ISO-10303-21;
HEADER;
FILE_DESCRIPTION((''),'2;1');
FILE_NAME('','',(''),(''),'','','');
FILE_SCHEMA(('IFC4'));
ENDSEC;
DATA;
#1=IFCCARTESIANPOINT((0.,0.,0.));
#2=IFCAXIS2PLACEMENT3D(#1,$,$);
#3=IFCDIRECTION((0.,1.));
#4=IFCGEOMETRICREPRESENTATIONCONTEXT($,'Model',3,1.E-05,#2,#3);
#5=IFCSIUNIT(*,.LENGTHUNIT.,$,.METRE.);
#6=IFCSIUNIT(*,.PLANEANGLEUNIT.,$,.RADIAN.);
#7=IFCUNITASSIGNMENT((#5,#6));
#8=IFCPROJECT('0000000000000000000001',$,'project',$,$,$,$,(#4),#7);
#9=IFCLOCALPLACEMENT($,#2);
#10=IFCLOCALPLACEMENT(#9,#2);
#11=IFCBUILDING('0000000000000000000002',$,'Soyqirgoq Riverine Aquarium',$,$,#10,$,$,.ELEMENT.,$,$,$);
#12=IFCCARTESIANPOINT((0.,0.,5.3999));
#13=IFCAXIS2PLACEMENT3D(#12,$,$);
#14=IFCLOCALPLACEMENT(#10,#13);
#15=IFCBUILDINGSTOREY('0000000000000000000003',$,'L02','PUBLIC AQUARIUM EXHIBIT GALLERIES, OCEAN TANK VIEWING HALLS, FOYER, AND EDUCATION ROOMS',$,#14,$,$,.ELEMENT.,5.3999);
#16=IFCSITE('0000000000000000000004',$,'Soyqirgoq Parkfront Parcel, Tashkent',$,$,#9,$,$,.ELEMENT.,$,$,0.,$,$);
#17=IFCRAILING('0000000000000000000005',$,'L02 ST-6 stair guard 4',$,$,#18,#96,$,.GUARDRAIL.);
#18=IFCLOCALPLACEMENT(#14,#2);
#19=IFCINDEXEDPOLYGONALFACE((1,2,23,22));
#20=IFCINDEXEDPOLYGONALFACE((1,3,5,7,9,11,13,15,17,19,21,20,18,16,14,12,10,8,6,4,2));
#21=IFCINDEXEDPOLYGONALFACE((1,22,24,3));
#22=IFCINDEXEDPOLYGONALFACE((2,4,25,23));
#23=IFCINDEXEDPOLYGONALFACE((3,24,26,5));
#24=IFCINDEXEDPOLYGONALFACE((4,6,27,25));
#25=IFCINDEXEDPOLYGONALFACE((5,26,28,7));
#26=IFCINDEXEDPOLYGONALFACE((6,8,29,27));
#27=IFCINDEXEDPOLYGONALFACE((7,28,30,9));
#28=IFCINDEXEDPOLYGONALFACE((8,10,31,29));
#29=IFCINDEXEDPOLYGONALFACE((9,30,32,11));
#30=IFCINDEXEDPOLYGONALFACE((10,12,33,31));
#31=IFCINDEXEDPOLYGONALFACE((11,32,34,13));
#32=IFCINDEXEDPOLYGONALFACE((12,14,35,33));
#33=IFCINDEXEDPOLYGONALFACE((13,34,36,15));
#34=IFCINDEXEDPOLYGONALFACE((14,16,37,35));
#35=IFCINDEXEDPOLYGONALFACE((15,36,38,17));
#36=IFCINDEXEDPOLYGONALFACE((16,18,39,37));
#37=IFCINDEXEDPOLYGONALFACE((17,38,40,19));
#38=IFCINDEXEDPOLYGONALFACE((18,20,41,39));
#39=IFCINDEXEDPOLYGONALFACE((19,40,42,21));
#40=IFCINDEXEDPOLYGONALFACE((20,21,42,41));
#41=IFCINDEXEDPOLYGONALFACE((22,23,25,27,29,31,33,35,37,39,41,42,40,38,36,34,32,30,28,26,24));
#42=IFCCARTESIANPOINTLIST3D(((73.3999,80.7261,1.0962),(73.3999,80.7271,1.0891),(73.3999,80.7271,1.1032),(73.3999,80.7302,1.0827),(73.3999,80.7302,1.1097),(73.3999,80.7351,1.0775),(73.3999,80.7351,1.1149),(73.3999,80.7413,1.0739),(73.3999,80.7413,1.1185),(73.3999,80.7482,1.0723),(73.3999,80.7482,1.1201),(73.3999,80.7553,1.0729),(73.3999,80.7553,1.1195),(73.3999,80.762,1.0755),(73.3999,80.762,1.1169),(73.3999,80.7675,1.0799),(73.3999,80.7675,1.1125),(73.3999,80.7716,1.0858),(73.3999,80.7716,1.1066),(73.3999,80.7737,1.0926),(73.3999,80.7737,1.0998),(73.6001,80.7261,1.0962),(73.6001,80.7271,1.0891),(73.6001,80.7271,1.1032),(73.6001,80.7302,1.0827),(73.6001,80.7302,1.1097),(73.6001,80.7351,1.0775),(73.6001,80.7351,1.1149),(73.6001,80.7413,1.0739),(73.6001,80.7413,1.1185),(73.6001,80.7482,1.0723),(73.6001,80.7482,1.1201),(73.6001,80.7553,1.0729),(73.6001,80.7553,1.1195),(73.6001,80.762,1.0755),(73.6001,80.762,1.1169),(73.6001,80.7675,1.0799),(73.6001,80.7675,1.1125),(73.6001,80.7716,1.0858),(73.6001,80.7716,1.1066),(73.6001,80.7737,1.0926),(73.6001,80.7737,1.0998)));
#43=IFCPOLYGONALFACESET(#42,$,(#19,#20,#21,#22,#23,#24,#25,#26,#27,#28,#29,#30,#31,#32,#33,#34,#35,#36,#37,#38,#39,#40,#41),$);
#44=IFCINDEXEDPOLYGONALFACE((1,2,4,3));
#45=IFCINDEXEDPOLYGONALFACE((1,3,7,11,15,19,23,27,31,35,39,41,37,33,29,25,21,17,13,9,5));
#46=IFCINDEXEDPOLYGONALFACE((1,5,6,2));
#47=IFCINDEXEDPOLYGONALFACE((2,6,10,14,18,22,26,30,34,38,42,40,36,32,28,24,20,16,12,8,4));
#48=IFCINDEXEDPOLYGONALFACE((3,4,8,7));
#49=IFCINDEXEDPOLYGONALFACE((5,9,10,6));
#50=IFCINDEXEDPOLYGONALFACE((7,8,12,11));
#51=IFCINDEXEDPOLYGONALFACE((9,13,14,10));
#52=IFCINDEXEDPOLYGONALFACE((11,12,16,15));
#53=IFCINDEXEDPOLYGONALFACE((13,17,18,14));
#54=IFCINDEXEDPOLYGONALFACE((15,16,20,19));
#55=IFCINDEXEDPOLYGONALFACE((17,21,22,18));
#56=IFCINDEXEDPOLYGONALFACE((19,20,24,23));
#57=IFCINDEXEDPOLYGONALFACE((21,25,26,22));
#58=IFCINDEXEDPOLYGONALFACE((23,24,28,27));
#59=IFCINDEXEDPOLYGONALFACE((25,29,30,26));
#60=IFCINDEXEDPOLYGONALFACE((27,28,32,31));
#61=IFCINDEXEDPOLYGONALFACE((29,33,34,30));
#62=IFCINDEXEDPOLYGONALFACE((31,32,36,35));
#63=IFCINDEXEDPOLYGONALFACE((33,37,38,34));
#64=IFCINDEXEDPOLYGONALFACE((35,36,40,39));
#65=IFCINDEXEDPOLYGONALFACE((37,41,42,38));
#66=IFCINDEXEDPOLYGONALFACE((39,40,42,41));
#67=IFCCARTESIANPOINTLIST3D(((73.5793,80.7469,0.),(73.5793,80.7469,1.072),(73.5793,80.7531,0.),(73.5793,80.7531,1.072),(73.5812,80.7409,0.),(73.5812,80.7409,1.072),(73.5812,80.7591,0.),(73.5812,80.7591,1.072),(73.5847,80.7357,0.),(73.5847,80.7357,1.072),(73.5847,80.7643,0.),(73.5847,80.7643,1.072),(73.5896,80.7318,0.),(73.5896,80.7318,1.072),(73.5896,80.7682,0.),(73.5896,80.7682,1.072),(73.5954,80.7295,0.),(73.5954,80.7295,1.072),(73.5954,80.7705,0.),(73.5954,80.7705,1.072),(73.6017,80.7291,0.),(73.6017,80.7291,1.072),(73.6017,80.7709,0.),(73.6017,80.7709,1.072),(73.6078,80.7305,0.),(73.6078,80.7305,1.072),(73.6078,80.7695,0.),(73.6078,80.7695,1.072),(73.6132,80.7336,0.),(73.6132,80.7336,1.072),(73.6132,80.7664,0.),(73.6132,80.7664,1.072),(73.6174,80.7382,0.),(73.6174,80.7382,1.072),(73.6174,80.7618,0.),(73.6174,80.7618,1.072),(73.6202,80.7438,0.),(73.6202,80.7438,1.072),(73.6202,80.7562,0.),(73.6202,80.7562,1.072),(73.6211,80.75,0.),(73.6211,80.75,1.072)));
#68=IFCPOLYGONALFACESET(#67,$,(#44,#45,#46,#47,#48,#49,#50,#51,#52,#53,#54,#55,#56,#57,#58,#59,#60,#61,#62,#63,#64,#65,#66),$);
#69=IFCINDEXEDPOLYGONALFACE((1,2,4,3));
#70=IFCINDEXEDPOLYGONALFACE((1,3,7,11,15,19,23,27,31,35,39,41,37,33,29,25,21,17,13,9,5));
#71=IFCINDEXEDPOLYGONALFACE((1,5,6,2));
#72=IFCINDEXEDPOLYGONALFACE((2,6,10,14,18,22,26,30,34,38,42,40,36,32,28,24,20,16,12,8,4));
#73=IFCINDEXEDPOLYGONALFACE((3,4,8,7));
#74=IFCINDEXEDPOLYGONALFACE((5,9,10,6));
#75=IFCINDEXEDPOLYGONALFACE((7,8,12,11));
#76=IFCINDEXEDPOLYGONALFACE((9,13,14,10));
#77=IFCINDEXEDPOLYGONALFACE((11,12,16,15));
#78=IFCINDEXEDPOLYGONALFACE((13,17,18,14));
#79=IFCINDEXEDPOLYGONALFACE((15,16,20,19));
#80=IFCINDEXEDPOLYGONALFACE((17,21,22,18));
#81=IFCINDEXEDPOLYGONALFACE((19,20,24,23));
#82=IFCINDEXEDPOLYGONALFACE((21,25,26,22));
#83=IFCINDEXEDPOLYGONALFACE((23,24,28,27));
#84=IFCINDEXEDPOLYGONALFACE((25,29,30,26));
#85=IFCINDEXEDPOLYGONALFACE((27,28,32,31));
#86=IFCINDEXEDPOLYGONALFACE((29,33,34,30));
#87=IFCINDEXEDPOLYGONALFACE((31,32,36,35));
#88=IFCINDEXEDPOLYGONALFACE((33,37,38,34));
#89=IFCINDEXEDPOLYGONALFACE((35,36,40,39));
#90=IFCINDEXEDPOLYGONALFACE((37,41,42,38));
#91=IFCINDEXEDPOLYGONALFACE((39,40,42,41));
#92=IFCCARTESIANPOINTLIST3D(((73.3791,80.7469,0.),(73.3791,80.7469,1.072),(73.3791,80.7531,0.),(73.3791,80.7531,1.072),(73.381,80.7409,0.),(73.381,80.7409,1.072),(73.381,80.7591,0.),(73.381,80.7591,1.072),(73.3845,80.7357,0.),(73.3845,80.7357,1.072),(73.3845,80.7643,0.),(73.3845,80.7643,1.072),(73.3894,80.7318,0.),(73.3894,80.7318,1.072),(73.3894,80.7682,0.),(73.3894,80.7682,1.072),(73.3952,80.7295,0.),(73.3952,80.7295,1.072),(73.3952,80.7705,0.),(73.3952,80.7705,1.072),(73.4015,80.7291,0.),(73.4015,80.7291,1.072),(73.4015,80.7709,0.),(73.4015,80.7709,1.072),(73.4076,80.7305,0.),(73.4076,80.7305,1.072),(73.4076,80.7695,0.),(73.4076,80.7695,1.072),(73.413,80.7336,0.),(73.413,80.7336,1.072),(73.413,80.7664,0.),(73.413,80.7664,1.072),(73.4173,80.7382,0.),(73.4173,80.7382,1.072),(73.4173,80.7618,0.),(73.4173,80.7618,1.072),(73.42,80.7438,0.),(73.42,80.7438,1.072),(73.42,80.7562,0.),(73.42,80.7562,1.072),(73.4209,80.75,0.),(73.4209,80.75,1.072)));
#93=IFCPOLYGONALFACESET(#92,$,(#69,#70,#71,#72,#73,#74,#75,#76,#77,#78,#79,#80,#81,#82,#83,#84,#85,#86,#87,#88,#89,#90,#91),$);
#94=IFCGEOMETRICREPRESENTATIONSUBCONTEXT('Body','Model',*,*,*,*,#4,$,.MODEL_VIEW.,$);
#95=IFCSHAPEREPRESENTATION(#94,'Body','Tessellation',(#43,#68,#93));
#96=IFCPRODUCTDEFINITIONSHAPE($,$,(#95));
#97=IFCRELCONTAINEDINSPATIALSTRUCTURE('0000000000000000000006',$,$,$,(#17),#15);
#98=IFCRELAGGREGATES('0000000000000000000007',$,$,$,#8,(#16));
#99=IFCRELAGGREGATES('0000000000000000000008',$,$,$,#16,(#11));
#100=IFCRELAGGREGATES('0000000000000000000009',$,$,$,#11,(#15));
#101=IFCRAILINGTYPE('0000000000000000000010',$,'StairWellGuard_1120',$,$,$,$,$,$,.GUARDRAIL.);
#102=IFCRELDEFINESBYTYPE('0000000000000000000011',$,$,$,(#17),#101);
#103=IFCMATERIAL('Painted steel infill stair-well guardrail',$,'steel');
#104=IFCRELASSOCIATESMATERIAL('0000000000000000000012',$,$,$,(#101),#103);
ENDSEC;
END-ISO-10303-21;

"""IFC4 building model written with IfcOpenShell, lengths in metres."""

from ifc_helpers import new_model, si_unit, direction, frame, origin, origin_2d, place, context, subcontext, project, spatial, circle, extrude, material, type_object, element, save


model = new_model("IFC4")

# Units and contexts
model_context = context("Model", 3, precision=1e-05, world=origin(), true_north=direction((0.0, 1.0)))
body_context = subcontext(model_context, "Body", "Model", "MODEL_VIEW")
ifc_project = project(units=[si_unit("LENGTHUNIT", "METRE"), si_unit("PLANEANGLEUNIT", "RADIAN")], contexts=[model_context])

# Site, building, storey
site_placement = place(None, origin())
site = spatial("IfcSite", under=ifc_project, at=site_placement, Name="Soyqirgoq Parkfront Parcel, Tashkent", CompositionType="ELEMENT", RefElevation=0.0)
building_placement = place(site_placement, origin())
building = spatial("IfcBuilding", under=site, at=building_placement, Name="Soyqirgoq Riverine Aquarium", CompositionType="ELEMENT")
storey_placement = place(building_placement, frame((0.0, 0.0, 5.3999)))
storey = spatial("IfcBuildingStorey", under=building, at=storey_placement, Name="L02", Description="PUBLIC AQUARIUM EXHIBIT GALLERIES, OCEAN TANK VIEWING HALLS, FOYER, AND EDUCATION ROOMS", CompositionType="ELEMENT", Elevation=5.3999)

# Railing
ifc_material_1 = material(Name="Painted steel infill stair-well guardrail", Category="steel")
railing_type_1 = type_object("IfcRailingType", Name="StairWellGuard_1120", PredefinedType="GUARDRAIL", material=ifc_material_1)
railing_1_placement = place(storey_placement, frame((73.6001, 80.75, 0.0)))
element("IfcRailing", 1, at=railing_1_placement, inside=storey, type_object=railing_type_1, Name="L02 ST-6 stair guard 4", PredefinedType="GUARDRAIL", context=body_context, shape_type="SweptSolid", body=[
    extrude(circle(Radius=0.0239, at=origin_2d()), frame((0.0, 0.0, 1.0962), z_axis=(-1.0, 0.0, 0.0), x_axis=(0.0, -1.0, 0.0)), (0.0, 0.0, 1.0), 0.2002),
    extrude(circle(Radius=0.021, at=origin_2d()), origin(), (0.0, 0.0, 1.0), 1.072),
    extrude(circle(Radius=0.021, at=origin_2d()), frame((-0.2002, 0.0, 0.0)), (0.0, 0.0, 1.0), 1.072),
])

save(model, "model.ifc")
